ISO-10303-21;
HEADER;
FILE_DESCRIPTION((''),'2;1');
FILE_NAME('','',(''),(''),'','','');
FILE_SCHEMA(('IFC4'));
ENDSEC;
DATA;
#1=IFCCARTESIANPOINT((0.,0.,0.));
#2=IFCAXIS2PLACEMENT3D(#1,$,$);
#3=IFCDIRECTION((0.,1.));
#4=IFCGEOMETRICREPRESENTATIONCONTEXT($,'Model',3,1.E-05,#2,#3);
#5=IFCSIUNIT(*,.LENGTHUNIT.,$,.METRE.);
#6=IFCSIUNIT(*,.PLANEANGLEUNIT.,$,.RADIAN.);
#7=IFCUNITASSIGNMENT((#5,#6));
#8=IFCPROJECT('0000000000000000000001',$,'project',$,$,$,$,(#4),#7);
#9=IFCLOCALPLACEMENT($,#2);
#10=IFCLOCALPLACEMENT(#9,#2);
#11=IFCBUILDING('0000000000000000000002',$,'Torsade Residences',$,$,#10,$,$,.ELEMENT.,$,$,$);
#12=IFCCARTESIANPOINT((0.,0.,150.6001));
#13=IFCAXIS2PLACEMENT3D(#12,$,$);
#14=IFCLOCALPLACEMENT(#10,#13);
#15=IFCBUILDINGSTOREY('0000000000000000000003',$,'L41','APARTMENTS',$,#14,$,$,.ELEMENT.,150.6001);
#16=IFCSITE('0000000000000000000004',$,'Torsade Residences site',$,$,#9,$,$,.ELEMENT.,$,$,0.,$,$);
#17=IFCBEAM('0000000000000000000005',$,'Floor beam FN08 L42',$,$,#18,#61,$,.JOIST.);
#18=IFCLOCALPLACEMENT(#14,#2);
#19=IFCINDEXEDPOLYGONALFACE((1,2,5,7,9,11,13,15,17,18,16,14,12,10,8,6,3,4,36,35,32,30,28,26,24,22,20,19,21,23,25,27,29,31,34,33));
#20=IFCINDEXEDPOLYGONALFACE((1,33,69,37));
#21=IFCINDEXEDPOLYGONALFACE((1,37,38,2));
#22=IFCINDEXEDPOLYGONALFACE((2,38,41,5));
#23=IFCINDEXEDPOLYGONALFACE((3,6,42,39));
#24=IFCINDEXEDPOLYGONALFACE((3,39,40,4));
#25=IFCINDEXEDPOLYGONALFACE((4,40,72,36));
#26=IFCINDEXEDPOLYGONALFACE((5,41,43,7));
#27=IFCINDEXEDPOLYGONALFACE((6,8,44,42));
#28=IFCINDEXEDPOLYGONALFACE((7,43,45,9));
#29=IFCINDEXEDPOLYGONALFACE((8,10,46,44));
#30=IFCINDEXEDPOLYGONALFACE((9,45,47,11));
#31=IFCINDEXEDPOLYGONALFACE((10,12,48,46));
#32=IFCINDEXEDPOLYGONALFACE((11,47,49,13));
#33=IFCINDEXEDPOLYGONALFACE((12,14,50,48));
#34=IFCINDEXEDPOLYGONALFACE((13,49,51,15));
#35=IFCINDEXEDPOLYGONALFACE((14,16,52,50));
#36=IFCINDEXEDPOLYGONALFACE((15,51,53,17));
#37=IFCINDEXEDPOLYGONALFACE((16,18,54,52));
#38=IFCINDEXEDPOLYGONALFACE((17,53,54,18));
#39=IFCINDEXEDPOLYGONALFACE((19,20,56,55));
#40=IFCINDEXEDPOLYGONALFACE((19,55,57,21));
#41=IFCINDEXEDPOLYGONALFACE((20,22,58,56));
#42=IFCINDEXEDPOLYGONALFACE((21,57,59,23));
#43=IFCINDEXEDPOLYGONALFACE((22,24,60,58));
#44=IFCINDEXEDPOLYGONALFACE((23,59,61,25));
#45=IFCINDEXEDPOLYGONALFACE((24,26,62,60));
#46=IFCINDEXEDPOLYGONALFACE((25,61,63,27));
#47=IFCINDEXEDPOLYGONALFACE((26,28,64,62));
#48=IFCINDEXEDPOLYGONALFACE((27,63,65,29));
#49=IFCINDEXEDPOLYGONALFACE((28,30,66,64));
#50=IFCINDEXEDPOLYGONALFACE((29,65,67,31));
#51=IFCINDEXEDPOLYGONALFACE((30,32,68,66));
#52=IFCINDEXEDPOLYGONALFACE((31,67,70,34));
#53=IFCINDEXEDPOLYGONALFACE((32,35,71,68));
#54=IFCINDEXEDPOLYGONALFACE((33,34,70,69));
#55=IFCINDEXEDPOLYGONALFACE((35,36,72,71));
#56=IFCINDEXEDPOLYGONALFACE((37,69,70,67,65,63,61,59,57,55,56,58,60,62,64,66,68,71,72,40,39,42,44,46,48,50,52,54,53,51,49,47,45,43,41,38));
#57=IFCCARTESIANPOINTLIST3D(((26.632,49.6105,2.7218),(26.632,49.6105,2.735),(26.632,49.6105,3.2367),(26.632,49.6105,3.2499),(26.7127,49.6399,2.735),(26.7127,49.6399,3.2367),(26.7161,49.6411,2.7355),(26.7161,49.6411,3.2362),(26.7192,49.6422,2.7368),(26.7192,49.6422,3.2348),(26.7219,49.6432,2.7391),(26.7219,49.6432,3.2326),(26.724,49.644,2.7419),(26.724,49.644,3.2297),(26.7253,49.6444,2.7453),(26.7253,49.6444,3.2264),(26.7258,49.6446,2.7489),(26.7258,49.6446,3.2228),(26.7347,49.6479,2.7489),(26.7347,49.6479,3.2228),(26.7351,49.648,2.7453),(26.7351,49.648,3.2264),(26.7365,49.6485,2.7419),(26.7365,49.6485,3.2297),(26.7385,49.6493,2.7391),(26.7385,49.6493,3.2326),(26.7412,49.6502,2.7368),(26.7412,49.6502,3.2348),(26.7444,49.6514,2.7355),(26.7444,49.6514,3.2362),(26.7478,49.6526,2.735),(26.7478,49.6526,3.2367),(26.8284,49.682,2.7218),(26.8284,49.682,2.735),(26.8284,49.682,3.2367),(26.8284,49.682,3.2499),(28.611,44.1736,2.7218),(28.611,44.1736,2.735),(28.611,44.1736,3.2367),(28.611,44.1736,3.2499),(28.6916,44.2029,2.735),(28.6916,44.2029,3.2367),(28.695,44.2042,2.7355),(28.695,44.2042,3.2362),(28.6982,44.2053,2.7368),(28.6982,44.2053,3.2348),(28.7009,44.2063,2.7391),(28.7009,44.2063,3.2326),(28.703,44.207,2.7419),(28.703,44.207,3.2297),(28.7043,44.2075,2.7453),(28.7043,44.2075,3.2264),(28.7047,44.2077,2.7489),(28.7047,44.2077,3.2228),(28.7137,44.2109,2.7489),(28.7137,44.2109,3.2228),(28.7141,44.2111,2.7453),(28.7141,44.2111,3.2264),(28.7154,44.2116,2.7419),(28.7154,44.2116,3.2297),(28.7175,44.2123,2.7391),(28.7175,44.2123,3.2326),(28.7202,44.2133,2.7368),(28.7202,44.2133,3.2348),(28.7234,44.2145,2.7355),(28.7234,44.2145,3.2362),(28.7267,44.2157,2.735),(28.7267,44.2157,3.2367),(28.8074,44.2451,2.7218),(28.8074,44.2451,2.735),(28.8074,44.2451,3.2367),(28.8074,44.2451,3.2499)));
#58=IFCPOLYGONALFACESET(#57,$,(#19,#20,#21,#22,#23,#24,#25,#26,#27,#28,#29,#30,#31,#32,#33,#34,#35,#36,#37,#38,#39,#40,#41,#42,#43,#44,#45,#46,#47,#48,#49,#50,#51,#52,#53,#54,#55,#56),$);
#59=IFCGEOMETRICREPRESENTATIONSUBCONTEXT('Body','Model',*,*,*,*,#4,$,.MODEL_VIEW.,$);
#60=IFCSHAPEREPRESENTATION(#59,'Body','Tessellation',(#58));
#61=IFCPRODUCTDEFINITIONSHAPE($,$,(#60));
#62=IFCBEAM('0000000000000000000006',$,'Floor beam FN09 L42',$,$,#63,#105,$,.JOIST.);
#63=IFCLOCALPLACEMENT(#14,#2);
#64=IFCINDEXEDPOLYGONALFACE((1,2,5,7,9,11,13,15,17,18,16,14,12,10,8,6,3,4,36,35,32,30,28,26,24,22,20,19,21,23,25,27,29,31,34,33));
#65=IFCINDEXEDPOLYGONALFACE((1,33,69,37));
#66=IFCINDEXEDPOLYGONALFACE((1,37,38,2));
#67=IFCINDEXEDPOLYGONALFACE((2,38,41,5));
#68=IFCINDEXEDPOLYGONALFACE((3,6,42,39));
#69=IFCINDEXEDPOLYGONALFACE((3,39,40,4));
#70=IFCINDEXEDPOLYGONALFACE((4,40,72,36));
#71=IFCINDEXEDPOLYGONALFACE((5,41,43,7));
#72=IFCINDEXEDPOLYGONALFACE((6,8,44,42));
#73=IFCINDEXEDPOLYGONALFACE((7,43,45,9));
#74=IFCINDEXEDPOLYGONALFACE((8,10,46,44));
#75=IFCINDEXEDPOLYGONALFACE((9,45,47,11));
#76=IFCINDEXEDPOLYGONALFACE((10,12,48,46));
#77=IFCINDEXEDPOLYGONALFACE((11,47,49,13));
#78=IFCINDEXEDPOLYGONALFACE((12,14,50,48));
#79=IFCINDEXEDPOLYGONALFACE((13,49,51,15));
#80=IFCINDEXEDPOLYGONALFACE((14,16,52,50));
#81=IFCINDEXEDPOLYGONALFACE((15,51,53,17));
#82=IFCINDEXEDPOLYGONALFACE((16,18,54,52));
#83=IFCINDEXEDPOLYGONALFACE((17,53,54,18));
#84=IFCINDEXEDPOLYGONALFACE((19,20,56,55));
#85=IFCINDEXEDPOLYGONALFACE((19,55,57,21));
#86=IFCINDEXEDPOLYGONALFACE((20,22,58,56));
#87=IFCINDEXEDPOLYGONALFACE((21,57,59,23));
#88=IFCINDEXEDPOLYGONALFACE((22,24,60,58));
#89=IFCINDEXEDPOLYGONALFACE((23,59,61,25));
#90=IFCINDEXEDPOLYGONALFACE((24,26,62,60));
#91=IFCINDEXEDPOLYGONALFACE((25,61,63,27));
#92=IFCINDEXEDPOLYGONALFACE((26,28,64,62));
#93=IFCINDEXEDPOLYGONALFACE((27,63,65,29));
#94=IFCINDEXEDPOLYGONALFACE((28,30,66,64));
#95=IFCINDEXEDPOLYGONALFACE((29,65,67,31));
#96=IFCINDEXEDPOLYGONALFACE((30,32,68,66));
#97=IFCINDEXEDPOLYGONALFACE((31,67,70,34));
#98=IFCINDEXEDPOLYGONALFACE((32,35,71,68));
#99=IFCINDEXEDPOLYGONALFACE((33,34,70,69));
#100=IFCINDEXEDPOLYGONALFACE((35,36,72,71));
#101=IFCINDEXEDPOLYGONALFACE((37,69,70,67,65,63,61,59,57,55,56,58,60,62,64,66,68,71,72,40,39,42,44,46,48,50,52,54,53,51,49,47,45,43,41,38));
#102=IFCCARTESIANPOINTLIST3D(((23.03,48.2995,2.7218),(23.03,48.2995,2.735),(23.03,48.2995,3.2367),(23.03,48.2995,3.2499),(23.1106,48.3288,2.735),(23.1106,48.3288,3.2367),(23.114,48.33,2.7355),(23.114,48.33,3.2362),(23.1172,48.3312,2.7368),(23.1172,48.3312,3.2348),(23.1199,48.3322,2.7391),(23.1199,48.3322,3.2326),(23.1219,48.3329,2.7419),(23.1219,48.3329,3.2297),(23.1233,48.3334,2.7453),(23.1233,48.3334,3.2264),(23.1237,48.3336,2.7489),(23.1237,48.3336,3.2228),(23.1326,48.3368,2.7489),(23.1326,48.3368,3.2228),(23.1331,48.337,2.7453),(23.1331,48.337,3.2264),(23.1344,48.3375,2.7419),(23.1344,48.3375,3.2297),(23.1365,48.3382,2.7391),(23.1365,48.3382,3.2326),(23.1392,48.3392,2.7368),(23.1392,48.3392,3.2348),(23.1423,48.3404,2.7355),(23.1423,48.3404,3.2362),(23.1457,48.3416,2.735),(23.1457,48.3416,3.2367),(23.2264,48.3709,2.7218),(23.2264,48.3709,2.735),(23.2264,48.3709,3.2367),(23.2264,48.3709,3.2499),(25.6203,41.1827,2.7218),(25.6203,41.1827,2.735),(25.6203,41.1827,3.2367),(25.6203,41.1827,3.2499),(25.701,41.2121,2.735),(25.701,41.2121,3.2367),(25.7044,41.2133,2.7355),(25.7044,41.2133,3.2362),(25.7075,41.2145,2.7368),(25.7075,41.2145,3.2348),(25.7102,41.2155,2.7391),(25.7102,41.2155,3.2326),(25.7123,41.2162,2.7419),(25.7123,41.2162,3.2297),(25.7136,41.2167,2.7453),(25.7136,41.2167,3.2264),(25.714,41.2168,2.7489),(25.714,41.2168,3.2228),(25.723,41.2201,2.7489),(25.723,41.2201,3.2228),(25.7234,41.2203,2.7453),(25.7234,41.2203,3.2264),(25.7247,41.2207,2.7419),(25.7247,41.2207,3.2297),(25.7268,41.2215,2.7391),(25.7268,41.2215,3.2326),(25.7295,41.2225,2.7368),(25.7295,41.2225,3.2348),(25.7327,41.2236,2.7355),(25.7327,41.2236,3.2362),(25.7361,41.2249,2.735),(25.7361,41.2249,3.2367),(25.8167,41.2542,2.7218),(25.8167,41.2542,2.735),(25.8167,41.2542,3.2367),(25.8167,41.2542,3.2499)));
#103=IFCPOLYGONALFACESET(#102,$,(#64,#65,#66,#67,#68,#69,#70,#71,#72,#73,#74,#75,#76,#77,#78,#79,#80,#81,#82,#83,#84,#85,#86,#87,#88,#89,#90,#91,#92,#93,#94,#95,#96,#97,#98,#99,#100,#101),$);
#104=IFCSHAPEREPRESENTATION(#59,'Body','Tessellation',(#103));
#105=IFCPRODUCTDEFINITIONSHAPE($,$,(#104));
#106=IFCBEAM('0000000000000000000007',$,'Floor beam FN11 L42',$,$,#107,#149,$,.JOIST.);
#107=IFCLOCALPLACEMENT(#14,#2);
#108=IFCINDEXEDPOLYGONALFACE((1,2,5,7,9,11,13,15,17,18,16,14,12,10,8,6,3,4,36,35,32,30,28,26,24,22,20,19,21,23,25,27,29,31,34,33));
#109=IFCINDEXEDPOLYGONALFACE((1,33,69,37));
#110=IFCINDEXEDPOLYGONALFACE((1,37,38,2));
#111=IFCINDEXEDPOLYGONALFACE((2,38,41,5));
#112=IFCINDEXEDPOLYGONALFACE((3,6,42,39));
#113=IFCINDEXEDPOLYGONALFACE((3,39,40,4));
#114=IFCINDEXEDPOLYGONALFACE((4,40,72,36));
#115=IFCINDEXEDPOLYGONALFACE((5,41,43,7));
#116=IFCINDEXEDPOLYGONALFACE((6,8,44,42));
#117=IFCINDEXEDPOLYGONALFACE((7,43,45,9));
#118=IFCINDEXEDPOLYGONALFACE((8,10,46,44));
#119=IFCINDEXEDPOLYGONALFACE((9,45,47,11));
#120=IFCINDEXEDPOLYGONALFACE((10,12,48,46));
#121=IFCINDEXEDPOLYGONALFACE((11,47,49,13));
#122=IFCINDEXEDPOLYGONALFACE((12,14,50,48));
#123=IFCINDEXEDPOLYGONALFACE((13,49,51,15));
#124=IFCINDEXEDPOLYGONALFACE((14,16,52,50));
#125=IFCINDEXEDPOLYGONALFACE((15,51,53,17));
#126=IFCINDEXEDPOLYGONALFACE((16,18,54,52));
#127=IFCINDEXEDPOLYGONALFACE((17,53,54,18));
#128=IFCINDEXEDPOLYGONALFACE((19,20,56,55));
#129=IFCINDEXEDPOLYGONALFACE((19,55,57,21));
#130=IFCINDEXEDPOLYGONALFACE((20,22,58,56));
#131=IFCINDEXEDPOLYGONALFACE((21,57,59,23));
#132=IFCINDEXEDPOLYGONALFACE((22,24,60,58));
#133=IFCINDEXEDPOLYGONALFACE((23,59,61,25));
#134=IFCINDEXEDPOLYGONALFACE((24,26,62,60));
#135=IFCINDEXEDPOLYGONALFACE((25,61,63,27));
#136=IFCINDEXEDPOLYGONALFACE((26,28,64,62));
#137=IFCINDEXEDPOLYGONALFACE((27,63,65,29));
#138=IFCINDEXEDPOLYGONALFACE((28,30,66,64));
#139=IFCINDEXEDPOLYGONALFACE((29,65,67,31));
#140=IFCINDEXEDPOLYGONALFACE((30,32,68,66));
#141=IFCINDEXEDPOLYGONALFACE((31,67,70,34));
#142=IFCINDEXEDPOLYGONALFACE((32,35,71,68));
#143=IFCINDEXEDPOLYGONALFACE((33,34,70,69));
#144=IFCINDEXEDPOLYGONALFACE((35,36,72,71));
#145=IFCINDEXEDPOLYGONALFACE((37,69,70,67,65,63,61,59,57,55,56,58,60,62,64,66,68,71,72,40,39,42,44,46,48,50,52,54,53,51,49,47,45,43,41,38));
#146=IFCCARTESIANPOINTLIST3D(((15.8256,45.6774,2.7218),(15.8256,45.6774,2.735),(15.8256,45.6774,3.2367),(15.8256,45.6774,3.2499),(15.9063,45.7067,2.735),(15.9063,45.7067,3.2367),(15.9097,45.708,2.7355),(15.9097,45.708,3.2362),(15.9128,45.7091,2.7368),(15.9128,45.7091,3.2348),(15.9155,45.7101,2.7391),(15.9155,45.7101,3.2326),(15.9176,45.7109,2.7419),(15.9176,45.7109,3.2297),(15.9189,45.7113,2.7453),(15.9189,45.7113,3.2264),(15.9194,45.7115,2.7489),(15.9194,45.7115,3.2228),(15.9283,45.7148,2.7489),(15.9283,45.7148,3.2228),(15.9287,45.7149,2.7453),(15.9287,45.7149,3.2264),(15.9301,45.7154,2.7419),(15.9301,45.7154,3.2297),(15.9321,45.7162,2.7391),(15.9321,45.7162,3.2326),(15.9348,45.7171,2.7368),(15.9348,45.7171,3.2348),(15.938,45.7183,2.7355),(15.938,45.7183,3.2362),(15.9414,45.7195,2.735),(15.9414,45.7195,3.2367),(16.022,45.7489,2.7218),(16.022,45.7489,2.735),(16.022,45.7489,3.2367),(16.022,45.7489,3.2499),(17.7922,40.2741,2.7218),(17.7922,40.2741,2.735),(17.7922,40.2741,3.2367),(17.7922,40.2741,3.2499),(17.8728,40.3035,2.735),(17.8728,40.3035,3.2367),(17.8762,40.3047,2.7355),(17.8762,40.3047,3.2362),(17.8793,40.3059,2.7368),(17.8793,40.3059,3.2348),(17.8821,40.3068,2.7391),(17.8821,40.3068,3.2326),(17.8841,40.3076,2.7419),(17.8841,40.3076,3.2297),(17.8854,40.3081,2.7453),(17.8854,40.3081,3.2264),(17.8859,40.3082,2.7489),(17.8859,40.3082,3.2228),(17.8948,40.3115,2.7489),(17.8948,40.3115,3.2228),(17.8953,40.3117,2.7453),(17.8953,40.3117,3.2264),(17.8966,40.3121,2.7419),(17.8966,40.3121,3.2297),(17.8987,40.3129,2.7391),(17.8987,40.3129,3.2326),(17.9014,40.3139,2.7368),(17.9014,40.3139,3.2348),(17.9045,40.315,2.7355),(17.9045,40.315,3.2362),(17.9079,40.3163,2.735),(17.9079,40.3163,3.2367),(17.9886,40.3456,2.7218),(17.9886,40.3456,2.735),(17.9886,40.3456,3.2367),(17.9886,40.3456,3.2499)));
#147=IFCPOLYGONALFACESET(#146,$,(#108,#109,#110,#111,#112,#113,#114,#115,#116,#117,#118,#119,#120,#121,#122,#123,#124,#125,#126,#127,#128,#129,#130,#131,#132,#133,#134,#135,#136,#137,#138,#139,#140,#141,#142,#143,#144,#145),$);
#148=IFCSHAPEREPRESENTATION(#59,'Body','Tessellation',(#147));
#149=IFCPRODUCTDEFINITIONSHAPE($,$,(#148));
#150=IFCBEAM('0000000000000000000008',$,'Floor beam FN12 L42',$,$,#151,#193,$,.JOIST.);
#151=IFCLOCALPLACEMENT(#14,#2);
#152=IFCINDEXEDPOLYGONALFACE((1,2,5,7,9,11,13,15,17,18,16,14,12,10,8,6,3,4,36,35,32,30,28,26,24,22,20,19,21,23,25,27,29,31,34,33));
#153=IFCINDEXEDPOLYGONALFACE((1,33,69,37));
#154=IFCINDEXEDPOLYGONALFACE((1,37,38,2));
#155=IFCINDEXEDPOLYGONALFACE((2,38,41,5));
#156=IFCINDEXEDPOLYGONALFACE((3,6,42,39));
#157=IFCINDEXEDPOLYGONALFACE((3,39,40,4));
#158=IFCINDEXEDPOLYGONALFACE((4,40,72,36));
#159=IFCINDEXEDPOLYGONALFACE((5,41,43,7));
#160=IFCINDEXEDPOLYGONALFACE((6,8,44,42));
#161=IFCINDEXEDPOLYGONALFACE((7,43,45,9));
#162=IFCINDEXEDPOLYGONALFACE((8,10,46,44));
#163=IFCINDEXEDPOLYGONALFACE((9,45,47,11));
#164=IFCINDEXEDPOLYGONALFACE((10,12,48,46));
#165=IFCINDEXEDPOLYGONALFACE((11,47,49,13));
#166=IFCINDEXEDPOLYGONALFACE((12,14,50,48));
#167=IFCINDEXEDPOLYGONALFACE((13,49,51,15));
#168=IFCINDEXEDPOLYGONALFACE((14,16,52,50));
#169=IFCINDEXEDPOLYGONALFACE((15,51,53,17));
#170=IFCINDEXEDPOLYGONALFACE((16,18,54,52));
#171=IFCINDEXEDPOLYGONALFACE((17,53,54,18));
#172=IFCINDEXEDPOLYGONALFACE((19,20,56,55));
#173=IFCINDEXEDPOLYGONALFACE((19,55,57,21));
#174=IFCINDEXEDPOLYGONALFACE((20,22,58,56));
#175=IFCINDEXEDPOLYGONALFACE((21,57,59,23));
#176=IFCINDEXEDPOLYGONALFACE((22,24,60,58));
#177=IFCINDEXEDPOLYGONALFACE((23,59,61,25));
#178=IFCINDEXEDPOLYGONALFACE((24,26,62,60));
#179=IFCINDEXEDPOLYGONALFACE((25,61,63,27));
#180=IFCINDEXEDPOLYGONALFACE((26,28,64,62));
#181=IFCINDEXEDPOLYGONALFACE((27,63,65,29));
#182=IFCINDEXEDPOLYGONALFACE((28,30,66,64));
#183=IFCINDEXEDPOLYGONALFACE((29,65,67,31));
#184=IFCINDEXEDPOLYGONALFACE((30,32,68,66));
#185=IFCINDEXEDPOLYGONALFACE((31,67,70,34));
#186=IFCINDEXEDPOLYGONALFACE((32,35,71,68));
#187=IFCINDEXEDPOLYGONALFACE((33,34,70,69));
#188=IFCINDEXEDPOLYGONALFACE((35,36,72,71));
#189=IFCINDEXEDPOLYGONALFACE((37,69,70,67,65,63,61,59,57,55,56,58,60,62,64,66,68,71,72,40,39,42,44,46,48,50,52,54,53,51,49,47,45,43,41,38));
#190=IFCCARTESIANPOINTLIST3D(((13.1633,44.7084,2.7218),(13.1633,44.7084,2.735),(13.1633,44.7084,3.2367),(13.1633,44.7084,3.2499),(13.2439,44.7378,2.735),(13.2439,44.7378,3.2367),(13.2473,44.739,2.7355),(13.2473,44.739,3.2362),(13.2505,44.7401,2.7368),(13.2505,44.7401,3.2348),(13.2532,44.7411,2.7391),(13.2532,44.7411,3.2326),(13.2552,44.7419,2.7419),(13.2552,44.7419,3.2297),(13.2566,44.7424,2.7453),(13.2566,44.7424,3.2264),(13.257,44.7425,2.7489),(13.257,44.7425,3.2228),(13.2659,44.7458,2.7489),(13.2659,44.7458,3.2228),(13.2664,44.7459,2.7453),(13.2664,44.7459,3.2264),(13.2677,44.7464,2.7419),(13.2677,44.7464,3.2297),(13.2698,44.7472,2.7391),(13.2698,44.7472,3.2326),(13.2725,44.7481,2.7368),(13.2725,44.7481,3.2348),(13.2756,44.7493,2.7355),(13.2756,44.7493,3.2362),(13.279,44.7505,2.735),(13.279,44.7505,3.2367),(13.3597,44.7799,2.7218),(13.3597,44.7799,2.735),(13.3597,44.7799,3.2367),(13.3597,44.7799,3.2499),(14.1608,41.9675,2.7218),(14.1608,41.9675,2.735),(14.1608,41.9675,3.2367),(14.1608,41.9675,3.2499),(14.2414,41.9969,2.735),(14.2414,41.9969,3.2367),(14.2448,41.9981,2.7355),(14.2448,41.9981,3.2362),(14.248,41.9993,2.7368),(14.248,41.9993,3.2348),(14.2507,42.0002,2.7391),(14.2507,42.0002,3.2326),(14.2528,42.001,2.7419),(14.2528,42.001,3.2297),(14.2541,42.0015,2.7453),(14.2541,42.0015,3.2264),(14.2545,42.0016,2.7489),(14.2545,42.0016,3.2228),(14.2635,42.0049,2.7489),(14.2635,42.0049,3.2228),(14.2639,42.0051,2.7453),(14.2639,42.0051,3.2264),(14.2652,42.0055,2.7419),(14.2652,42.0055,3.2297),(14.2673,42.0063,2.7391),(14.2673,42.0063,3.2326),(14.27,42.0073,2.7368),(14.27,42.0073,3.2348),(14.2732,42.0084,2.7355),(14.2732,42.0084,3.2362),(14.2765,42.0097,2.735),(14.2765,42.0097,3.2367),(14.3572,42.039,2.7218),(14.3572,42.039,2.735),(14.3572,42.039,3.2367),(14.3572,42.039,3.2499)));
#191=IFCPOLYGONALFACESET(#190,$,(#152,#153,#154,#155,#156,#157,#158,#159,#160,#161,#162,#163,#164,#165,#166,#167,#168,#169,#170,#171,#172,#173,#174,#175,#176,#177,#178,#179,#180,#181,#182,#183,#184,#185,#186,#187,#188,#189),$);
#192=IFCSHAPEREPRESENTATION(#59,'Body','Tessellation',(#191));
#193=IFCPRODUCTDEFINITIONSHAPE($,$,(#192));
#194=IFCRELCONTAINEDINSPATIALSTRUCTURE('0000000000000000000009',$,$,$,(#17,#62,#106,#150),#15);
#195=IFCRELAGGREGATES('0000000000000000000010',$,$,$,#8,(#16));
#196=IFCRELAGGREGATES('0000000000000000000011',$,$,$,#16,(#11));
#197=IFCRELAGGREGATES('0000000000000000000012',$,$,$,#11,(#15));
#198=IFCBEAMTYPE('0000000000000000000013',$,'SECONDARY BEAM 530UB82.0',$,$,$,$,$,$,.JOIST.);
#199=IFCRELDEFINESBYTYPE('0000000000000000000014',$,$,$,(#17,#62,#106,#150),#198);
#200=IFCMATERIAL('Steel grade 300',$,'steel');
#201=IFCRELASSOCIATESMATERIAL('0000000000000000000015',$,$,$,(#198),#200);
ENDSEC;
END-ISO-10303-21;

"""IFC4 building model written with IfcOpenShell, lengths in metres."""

from ifc_helpers import new_model, si_unit, direction, frame, origin, origin_2d, place, context, subcontext, project, spatial, i_section, extrude, material, material_profile, profile_set, type_object, element, save


model = new_model("IFC4")

# Units and contexts
model_context = context("Model", 3, precision=1e-05, world=origin(), true_north=direction((0.0, 1.0)))
body_context = subcontext(model_context, "Body", "Model", "MODEL_VIEW")
ifc_project = project(units=[si_unit("LENGTHUNIT", "METRE"), si_unit("PLANEANGLEUNIT", "RADIAN")], contexts=[model_context])

# Site, building, storey
site_placement = place(None, origin())
site = spatial("IfcSite", under=ifc_project, at=site_placement, Name="Torsade Residences site", CompositionType="ELEMENT", RefElevation=0.0)
building_placement = place(site_placement, origin())
building = spatial("IfcBuilding", under=site, at=building_placement, Name="Torsade Residences", CompositionType="ELEMENT")
storey_placement = place(building_placement, frame((0.0, 0.0, 150.6001)))
storey = spatial("IfcBuildingStorey", under=building, at=storey_placement, Name="L41", Description="APARTMENTS", CompositionType="ELEMENT", Elevation=150.6001)

# Beams
ifc_material_1 = material(Name="Steel grade 300", Category="steel")
ifc_material_profile_1 = material_profile(ifc_material_1, i_section(OverallWidth=0.209, OverallDepth=0.5281, WebThickness=0.0095, FlangeThickness=0.0132, FilletRadius=0.0139, at=origin_2d()), Name="530UB82.0")
ifc_profile_set_1 = profile_set([ifc_material_profile_1], Name="Steel grade 300")
beam_type_1 = type_object("IfcBeamType", Name="SECONDARY BEAM 530UB82.0", PredefinedType="JOIST", material=ifc_profile_set_1)
beam_1_placement = place(storey_placement, frame((26.7302, 49.6462, 2.9858), z_axis=(0.342034, -0.939687, 0.0), x_axis=(0.939687, 0.342034, 0.0)))
element("IfcBeam", 1, at=beam_1_placement, inside=storey, type_object=beam_type_1, Name="Floor beam FN08 L42", PredefinedType="JOIST", context=body_context, shape_type="SweptSolid", body=[
    extrude(i_section(OverallWidth=0.209, OverallDepth=0.5281, WebThickness=0.0095, FlangeThickness=0.0132, FilletRadius=0.0139, at=origin_2d()), origin(), (0.0, 0.0, 1.0), 5.7859),
])
beam_2_placement = place(storey_placement, frame((23.1282, 48.3352, 2.9858), z_axis=(0.342028, -0.93969, 0.0), x_axis=(0.93969, 0.342028, 0.0)))
element("IfcBeam", 2, at=beam_2_placement, inside=storey, type_object=beam_type_1, Name="Floor beam FN09 L42", PredefinedType="JOIST", context=body_context, shape_type="SweptSolid", body=[
    extrude(i_section(OverallWidth=0.209, OverallDepth=0.5281, WebThickness=0.0095, FlangeThickness=0.0132, FilletRadius=0.0139, at=origin_2d()), origin(), (0.0, 0.0, 1.0), 7.5735),
])
beam_3_placement = place(storey_placement, frame((15.9238, 45.7131, 2.9858), z_axis=(0.342006, -0.939698, 0.0), x_axis=(0.939698, 0.342006, 0.0)))
element("IfcBeam", 3, at=beam_3_placement, inside=storey, type_object=beam_type_1, Name="Floor beam FN11 L42", PredefinedType="JOIST", context=body_context, shape_type="SweptSolid", body=[
    extrude(i_section(OverallWidth=0.209, OverallDepth=0.5281, WebThickness=0.0095, FlangeThickness=0.0132, FilletRadius=0.0139, at=origin_2d()), origin(), (0.0, 0.0, 1.0), 5.75),
])
beam_4_placement = place(storey_placement, frame((13.2615, 44.7441, 2.9858), z_axis=(0.341998, -0.939701, 0.0), x_axis=(0.939701, 0.341998, 0.0)))
element("IfcBeam", 4, at=beam_4_placement, inside=storey, type_object=beam_type_1, Name="Floor beam FN12 L42", PredefinedType="JOIST", context=body_context, shape_type="SweptSolid", body=[
    extrude(i_section(OverallWidth=0.209, OverallDepth=0.5281, WebThickness=0.0095, FlangeThickness=0.0132, FilletRadius=0.0139, at=origin_2d()), origin(), (0.0, 0.0, 1.0), 2.9167),
])

save(model, "model.ifc")
